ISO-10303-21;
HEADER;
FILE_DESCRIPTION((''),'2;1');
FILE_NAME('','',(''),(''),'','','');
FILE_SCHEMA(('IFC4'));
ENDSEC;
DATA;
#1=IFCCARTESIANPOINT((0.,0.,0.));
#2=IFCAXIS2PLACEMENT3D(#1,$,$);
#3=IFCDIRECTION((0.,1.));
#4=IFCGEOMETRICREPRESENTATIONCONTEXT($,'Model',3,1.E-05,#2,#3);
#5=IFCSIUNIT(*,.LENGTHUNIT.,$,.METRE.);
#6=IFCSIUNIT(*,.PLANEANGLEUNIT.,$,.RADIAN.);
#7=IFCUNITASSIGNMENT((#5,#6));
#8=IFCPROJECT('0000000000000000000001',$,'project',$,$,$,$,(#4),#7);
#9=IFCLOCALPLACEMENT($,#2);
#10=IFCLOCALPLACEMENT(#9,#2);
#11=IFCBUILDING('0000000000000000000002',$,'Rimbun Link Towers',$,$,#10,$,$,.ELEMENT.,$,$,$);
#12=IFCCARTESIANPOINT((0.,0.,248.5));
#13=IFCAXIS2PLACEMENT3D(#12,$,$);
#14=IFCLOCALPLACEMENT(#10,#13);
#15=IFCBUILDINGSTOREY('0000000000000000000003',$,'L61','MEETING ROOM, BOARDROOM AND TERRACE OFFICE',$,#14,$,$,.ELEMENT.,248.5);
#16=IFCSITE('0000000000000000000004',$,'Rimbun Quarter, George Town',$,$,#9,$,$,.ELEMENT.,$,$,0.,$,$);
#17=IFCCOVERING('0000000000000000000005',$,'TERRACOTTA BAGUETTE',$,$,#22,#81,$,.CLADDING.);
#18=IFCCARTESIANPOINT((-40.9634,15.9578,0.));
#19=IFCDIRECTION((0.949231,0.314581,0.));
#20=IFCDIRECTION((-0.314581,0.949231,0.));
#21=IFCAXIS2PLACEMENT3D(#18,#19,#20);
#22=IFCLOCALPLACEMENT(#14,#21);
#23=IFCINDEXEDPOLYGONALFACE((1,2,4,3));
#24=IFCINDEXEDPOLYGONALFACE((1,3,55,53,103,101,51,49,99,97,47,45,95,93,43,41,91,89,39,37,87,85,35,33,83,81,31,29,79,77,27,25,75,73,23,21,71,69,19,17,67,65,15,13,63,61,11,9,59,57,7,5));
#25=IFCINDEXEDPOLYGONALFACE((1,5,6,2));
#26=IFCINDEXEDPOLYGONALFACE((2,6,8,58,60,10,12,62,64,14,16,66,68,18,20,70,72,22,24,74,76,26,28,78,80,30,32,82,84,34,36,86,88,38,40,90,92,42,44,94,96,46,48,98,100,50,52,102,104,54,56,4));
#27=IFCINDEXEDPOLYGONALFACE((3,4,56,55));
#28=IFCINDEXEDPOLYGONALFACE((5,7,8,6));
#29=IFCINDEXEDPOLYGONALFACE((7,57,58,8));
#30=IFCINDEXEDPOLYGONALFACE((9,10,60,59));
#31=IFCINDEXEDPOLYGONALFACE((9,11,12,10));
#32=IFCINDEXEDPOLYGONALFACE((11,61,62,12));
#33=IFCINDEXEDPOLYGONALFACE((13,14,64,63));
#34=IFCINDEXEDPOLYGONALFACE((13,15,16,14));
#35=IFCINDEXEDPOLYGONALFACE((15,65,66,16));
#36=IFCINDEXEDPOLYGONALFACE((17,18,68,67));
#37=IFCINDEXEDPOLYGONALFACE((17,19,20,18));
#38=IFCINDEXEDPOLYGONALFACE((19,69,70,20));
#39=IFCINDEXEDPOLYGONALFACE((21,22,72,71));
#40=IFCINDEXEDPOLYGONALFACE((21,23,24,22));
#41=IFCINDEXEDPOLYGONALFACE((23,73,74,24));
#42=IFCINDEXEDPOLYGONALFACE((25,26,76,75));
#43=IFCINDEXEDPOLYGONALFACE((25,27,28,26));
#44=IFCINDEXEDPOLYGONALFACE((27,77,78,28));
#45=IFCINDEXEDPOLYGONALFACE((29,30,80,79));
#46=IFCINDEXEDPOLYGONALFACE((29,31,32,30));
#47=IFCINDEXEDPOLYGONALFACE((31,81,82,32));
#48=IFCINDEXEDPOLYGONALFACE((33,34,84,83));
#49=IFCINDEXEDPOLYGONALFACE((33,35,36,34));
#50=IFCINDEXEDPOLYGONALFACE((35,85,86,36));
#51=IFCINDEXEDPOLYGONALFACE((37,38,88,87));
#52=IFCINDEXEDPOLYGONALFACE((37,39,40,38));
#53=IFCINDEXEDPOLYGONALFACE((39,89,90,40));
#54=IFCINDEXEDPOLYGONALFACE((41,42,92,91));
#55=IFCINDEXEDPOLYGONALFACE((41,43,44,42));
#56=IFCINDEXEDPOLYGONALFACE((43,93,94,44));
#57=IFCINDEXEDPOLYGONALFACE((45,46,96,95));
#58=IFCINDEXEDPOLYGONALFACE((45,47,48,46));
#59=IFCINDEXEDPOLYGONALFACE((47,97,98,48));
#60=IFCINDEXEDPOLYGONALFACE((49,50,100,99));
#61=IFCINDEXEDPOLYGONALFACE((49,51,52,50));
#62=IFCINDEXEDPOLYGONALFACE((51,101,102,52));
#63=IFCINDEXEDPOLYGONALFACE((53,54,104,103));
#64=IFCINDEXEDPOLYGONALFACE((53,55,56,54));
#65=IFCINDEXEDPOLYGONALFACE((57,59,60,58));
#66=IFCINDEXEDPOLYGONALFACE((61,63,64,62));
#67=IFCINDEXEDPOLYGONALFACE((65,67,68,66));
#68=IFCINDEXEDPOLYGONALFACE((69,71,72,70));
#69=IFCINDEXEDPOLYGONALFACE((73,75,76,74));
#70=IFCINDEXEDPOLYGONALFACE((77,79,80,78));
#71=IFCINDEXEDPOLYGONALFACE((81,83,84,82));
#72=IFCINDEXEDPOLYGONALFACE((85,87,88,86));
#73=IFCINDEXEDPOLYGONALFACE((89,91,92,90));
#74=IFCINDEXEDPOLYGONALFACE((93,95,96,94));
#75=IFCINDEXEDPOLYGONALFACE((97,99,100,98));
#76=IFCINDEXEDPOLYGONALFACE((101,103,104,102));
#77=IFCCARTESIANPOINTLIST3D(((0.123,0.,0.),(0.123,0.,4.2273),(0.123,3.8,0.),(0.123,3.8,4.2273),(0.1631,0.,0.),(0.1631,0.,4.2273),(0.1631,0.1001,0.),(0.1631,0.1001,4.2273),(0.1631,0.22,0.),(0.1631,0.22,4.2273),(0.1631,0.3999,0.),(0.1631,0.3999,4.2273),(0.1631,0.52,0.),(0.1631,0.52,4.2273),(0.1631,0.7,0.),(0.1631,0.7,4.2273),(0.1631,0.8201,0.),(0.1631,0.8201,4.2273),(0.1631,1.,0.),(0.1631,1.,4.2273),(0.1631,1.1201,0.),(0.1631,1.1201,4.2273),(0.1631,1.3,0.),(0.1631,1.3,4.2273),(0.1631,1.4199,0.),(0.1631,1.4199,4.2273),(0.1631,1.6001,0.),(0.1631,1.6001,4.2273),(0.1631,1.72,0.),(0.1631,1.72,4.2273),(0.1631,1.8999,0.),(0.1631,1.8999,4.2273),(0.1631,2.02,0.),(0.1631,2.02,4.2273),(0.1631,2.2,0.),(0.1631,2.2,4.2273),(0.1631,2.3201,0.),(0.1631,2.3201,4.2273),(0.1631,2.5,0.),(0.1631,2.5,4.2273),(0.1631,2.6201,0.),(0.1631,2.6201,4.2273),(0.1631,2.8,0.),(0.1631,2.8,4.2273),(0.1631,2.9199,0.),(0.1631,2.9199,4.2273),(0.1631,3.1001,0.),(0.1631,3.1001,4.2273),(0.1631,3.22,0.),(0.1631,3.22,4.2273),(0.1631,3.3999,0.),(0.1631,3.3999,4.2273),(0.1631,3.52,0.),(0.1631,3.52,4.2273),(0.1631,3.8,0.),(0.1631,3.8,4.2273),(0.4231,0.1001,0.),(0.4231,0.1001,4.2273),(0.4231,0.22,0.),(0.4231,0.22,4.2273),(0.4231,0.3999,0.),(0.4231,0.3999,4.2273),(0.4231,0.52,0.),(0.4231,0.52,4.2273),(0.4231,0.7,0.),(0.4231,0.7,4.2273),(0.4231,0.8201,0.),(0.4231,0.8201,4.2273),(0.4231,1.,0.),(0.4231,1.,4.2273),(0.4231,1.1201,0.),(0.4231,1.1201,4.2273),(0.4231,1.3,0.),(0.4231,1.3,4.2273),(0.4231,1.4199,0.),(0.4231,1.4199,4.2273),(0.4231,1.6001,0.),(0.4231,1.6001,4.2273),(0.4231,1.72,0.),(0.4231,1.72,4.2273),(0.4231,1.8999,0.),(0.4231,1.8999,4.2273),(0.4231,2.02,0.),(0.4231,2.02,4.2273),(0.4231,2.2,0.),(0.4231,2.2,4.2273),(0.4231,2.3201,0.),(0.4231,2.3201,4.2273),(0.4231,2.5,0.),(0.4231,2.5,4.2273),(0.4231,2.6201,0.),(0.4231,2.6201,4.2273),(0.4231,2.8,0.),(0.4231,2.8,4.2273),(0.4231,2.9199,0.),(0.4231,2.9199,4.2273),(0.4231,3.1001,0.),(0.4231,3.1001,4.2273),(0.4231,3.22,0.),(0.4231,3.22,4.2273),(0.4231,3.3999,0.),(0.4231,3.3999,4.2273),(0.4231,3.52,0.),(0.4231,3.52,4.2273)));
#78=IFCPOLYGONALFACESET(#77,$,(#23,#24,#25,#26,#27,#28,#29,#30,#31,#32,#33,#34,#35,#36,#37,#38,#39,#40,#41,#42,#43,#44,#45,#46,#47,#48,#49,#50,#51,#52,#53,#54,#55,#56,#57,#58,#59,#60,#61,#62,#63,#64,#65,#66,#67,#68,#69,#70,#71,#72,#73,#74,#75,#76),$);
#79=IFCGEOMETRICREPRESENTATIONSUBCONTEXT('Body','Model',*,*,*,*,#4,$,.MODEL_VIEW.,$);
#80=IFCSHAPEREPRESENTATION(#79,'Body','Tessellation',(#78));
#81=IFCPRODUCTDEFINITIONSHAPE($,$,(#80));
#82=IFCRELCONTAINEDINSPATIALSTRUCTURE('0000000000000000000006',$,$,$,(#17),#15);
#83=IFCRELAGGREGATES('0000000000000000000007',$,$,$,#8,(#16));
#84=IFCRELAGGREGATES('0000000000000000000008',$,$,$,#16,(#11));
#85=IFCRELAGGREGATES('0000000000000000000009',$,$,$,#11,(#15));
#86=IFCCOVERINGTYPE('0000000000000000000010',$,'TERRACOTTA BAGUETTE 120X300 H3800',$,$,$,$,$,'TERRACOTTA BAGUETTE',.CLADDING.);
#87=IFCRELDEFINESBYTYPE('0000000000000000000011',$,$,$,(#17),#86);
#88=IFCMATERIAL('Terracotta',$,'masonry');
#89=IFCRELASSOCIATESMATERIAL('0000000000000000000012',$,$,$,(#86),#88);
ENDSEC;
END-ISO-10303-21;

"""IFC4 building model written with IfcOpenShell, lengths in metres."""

from ifc_helpers import new_model, si_unit, direction, frame, origin, place, context, subcontext, project, spatial, polyline, outline, extrude, material, material_profile, profile_set, type_object, element, save


model = new_model("IFC4")

# Units and contexts
model_context = context("Model", 3, precision=1e-05, world=origin(), true_north=direction((0.0, 1.0)))
body_context = subcontext(model_context, "Body", "Model", "MODEL_VIEW")
ifc_project = project(units=[si_unit("LENGTHUNIT", "METRE"), si_unit("PLANEANGLEUNIT", "RADIAN")], contexts=[model_context])

# Site, building, storey
site_placement = place(None, origin())
site = spatial("IfcSite", under=ifc_project, at=site_placement, Name="Rimbun Quarter, George Town", CompositionType="ELEMENT", RefElevation=0.0)
building_placement = place(site_placement, origin())
building = spatial("IfcBuilding", under=site, at=building_placement, Name="Rimbun Link Towers", CompositionType="ELEMENT")
storey_placement = place(building_placement, frame((0.0, 0.0, 248.5)))
storey = spatial("IfcBuildingStorey", under=building, at=storey_placement, Name="L61", Description="MEETING ROOM, BOARDROOM AND TERRACE OFFICE", CompositionType="ELEMENT", Elevation=248.5)

# Covering
ifc_material_1 = material(Name="Terracotta", Category="masonry")
ifc_material_profile_1 = material_profile(ifc_material_1, outline(polyline([(0.123, 0.0), (0.1631, 0.0), (0.1631, 0.1001), (0.4231, 0.1001), (0.4231, 0.22), (0.1631, 0.22), (0.1631, 0.3999), (0.4231, 0.3999), (0.4231, 0.52), (0.1631, 0.52), (0.1631, 0.7), (0.4231, 0.7), (0.4231, 0.8201), (0.1631, 0.8201), (0.1631, 1.0), (0.4231, 1.0), (0.4231, 1.1201), (0.1631, 1.1201), (0.1631, 1.3), (0.4231, 1.3), (0.4231, 1.4199), (0.1631, 1.4199), (0.1631, 1.6001), (0.4231, 1.6001), (0.4231, 1.72), (0.1631, 1.72), (0.1631, 1.8999), (0.4231, 1.8999), (0.4231, 2.02), (0.1631, 2.02), (0.1631, 2.2), (0.4231, 2.2), (0.4231, 2.3201), (0.1631, 2.3201), (0.1631, 2.5), (0.4231, 2.5), (0.4231, 2.6201), (0.1631, 2.6201), (0.1631, 2.8), (0.4231, 2.8), (0.4231, 2.9199), (0.1631, 2.9199), (0.1631, 3.1001), (0.4231, 3.1001), (0.4231, 3.22), (0.1631, 3.22), (0.1631, 3.3999), (0.4231, 3.3999), (0.4231, 3.52), (0.1631, 3.52), (0.1631, 3.8), (0.123, 3.8), (0.123, 0.0)])), Name="BAGUETTE 120X300")
ifc_profile_set_1 = profile_set([ifc_material_profile_1], Name="Terracotta")
covering_type = type_object("IfcCoveringType", Name="TERRACOTTA BAGUETTE 120X300 H3800", ElementType="TERRACOTTA BAGUETTE", PredefinedType="CLADDING", material=ifc_profile_set_1)
covering_1_placement = place(storey_placement, frame((-40.9634, 15.9578, 0.0), z_axis=(0.949231, 0.314581, 0.0), x_axis=(-0.314581, 0.949231, 0.0)))
element("IfcCovering", 1, at=covering_1_placement, inside=storey, type_object=covering_type, Name="TERRACOTTA BAGUETTE", PredefinedType="CLADDING", context=body_context, shape_type="SweptSolid", body=[
    extrude(outline(polyline([(0.123, 0.0), (0.1631, 0.0), (0.1631, 0.1001), (0.4231, 0.1001), (0.4231, 0.22), (0.1631, 0.22), (0.1631, 0.3999), (0.4231, 0.3999), (0.4231, 0.52), (0.1631, 0.52), (0.1631, 0.7), (0.4231, 0.7), (0.4231, 0.8201), (0.1631, 0.8201), (0.1631, 1.0), (0.4231, 1.0), (0.4231, 1.1201), (0.1631, 1.1201), (0.1631, 1.3), (0.4231, 1.3), (0.4231, 1.4199), (0.1631, 1.4199), (0.1631, 1.6001), (0.4231, 1.6001), (0.4231, 1.72), (0.1631, 1.72), (0.1631, 1.8999), (0.4231, 1.8999), (0.4231, 2.02), (0.1631, 2.02), (0.1631, 2.2), (0.4231, 2.2), (0.4231, 2.3201), (0.1631, 2.3201), (0.1631, 2.5), (0.4231, 2.5), (0.4231, 2.6201), (0.1631, 2.6201), (0.1631, 2.8), (0.4231, 2.8), (0.4231, 2.9199), (0.1631, 2.9199), (0.1631, 3.1001), (0.4231, 3.1001), (0.4231, 3.22), (0.1631, 3.22), (0.1631, 3.3999), (0.4231, 3.3999), (0.4231, 3.52), (0.1631, 3.52), (0.1631, 3.8), (0.123, 3.8), (0.123, 0.0)])), origin(), (0.0, 0.0, 1.0), 4.2273),
])

save(model, "model.ifc")
